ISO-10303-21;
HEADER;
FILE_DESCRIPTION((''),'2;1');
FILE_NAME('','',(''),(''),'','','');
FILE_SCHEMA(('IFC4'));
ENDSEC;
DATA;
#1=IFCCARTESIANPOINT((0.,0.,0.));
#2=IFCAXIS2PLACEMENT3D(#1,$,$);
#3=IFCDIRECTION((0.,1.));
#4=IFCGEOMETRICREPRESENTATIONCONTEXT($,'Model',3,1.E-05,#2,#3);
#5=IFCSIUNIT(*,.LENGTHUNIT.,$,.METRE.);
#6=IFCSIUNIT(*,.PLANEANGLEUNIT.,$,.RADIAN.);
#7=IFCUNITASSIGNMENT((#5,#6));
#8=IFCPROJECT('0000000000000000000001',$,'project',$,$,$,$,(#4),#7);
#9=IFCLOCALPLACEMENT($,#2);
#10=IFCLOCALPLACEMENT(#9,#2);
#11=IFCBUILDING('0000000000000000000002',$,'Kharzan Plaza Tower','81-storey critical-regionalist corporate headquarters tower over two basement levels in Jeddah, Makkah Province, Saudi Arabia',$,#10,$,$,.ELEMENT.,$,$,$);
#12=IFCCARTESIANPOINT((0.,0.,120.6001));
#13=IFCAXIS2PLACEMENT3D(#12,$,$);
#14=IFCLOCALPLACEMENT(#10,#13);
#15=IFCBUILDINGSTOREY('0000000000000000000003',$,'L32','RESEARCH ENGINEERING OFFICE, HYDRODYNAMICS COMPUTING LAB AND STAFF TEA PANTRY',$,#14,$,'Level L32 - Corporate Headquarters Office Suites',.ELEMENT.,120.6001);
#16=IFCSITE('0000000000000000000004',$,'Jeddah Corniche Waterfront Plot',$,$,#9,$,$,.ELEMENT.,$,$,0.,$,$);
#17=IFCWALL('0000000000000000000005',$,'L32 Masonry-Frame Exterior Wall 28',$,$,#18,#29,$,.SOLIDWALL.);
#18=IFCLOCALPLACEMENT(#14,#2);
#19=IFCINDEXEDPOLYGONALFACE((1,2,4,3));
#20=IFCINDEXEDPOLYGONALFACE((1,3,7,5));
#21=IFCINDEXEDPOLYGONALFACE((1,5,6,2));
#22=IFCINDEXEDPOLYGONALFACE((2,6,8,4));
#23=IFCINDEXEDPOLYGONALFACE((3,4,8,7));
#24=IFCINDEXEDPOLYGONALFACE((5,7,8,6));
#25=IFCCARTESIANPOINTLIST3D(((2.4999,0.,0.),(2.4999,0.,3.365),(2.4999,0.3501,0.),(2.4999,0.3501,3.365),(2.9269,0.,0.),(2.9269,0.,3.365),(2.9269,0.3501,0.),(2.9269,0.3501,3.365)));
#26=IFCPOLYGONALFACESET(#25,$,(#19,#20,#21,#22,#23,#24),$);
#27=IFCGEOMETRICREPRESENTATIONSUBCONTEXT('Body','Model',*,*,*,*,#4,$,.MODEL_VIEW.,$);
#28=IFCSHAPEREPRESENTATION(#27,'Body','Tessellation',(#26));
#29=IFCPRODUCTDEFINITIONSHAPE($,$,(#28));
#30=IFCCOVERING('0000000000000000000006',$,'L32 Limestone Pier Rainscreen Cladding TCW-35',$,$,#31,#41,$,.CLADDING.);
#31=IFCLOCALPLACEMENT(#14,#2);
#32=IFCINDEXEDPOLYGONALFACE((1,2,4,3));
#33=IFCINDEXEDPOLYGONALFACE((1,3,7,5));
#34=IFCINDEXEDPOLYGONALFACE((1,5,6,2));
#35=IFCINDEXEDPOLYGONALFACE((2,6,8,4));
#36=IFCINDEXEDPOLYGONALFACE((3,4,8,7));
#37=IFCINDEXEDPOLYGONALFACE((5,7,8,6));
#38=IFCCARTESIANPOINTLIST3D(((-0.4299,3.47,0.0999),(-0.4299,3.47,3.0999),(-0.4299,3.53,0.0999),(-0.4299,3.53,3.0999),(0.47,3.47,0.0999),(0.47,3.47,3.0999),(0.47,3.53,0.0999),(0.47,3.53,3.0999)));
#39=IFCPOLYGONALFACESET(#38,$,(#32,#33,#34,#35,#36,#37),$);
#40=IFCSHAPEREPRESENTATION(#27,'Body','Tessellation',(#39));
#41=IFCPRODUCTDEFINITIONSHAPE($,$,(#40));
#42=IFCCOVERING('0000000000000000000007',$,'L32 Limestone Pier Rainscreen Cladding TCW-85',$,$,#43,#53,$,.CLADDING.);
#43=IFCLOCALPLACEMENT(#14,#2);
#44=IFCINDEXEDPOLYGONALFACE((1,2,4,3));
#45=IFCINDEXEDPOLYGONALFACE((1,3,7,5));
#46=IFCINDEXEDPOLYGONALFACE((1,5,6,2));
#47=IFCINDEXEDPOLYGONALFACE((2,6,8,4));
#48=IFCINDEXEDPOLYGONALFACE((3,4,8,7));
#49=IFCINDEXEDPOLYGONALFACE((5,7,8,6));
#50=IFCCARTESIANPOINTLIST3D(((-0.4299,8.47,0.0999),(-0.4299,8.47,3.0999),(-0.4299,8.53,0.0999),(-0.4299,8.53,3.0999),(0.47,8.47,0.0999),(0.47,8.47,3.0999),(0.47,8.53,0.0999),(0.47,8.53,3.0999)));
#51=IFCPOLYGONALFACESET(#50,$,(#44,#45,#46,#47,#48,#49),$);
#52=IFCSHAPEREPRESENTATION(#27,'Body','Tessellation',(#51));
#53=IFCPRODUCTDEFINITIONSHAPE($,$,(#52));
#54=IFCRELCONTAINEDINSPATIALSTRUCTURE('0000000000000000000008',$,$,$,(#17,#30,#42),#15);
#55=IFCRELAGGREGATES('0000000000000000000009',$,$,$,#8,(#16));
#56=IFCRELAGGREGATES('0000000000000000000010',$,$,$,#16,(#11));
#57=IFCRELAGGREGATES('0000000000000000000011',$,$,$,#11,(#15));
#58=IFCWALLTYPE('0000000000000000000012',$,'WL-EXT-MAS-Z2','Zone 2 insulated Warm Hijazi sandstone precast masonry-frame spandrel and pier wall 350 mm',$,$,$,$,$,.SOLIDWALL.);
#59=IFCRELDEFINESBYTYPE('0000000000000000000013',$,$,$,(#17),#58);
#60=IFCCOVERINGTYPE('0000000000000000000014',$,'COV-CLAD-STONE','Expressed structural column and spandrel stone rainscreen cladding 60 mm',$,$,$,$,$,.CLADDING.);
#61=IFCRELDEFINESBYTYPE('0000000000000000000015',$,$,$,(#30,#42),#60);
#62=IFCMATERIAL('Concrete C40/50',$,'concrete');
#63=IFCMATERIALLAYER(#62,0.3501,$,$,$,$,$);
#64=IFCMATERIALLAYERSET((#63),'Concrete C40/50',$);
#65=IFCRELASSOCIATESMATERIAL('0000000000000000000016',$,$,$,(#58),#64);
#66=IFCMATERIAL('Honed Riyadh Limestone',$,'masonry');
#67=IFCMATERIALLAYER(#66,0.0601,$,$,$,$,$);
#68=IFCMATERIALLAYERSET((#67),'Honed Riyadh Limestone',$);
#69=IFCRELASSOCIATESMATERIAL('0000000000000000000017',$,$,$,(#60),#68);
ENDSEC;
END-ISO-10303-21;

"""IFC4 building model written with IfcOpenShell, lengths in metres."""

from ifc_helpers import new_model, si_unit, direction, frame, frame_2d, origin, origin_2d, place, context, subcontext, project, spatial, rectangle, extrude, source, transform, mapped, material, layer, layer_set, type_object, element, save


model = new_model("IFC4")

# Units and contexts
model_context = context("Model", 3, precision=1e-05, world=origin(), true_north=direction((0.0, 1.0)))
body_context = subcontext(model_context, "Body", "Model", "MODEL_VIEW")
ifc_project = project(units=[si_unit("LENGTHUNIT", "METRE"), si_unit("PLANEANGLEUNIT", "RADIAN")], contexts=[model_context])

# Site, building, storey
site_placement = place(None, origin())
site = spatial("IfcSite", under=ifc_project, at=site_placement, Name="Jeddah Corniche Waterfront Plot", CompositionType="ELEMENT", RefElevation=0.0)
building_placement = place(site_placement, origin())
building = spatial("IfcBuilding", under=site, at=building_placement, Name="Kharzan Plaza Tower", Description="81-storey critical-regionalist corporate headquarters tower over two basement levels in Jeddah, Makkah Province, Saudi Arabia", CompositionType="ELEMENT")
storey_placement = place(building_placement, frame((0.0, 0.0, 120.6001)))
storey = spatial("IfcBuildingStorey", under=building, at=storey_placement, Name="L32", Description="RESEARCH ENGINEERING OFFICE, HYDRODYNAMICS COMPUTING LAB AND STAFF TEA PANTRY", LongName="Level L32 - Corporate Headquarters Office Suites", CompositionType="ELEMENT", Elevation=120.6001)

# Shared definitions
ifc_material_1 = material(Name="Concrete C40/50", Category="concrete")

# Shared definitions
ifc_layer_1 = layer(ifc_material_1, 0.3501)
ifc_layer_set_1 = layer_set([ifc_layer_1], Name="Concrete C40/50")
wall_type_1 = type_object("IfcWallType", Name="WL-EXT-MAS-Z2", Description="Zone 2 insulated Warm Hijazi sandstone precast masonry-frame spandrel and pier wall 350 mm", PredefinedType="SOLIDWALL", material=ifc_layer_set_1)

# Wall
shared_shape_1 = source(origin(), body_context, "Body", "SweptSolid", [
    extrude(rectangle(XDim=0.427, YDim=0.3501, at=frame_2d((0.2134, 0.0))), origin(), (0.0, 0.0, 1.0), 3.365),
])
wall_1_placement = place(storey_placement, frame((2.5, 0.175, 0.0), z_axis=(0.0, 0.0, 1.0), x_axis=(1.0, 0.0, 0.0)))
element("IfcWall", 1, at=wall_1_placement, inside=storey, type_object=wall_type_1, Name="L32 Masonry-Frame Exterior Wall 28", PredefinedType="SOLIDWALL", context=body_context, shape_type="MappedRepresentation", body=[
    mapped(shared_shape_1, transform((0.0, 0.0, 0.0), x_axis=(1.0, 0.0, 0.0), y_axis=(0.0, 1.0, 0.0), z_axis=(0.0, 0.0, 1.0))),
])

# Coverings
ifc_material_2 = material(Name="Honed Riyadh Limestone", Category="masonry")
ifc_layer_2 = layer(ifc_material_2, 0.0601)
ifc_layer_set_2 = layer_set([ifc_layer_2], Name="Honed Riyadh Limestone")
covering_type = type_object("IfcCoveringType", Name="COV-CLAD-STONE", Description="Expressed structural column and spandrel stone rainscreen cladding 60 mm", PredefinedType="CLADDING", material=ifc_layer_set_2)
shared_shape_2 = source(origin(), body_context, "Body", "SweptSolid", [
    extrude(rectangle(XDim=0.0601, YDim=0.8999, at=origin_2d()), origin(), (0.0, 0.0, 1.0), 3.0),
])
for number, where, z_axis, x_axis, name in (
    (2, (0.02, 3.5, 0.0999), (0.0, 0.0, 1.0), (0.0, 1.0, 0.0), "L32 Limestone Pier Rainscreen Cladding TCW-35"),
    (3, (0.02, 8.5, 0.0999), (0.0, 0.0, 1.0), (0.0, 1.0, 0.0), "L32 Limestone Pier Rainscreen Cladding TCW-85"),
):
    element("IfcCovering", number, at=place(storey_placement, frame(where, z_axis=z_axis, x_axis=x_axis)), inside=storey, type_object=covering_type, Name=name, PredefinedType="CLADDING", context=body_context, shape_type="MappedRepresentation", body=[
        mapped(shared_shape_2, transform((0.0, 0.0, 0.0), x_axis=(1.0, 0.0, 0.0), y_axis=(0.0, 1.0, 0.0), z_axis=(0.0, 0.0, 1.0))),
    ])

save(model, "model.ifc")
